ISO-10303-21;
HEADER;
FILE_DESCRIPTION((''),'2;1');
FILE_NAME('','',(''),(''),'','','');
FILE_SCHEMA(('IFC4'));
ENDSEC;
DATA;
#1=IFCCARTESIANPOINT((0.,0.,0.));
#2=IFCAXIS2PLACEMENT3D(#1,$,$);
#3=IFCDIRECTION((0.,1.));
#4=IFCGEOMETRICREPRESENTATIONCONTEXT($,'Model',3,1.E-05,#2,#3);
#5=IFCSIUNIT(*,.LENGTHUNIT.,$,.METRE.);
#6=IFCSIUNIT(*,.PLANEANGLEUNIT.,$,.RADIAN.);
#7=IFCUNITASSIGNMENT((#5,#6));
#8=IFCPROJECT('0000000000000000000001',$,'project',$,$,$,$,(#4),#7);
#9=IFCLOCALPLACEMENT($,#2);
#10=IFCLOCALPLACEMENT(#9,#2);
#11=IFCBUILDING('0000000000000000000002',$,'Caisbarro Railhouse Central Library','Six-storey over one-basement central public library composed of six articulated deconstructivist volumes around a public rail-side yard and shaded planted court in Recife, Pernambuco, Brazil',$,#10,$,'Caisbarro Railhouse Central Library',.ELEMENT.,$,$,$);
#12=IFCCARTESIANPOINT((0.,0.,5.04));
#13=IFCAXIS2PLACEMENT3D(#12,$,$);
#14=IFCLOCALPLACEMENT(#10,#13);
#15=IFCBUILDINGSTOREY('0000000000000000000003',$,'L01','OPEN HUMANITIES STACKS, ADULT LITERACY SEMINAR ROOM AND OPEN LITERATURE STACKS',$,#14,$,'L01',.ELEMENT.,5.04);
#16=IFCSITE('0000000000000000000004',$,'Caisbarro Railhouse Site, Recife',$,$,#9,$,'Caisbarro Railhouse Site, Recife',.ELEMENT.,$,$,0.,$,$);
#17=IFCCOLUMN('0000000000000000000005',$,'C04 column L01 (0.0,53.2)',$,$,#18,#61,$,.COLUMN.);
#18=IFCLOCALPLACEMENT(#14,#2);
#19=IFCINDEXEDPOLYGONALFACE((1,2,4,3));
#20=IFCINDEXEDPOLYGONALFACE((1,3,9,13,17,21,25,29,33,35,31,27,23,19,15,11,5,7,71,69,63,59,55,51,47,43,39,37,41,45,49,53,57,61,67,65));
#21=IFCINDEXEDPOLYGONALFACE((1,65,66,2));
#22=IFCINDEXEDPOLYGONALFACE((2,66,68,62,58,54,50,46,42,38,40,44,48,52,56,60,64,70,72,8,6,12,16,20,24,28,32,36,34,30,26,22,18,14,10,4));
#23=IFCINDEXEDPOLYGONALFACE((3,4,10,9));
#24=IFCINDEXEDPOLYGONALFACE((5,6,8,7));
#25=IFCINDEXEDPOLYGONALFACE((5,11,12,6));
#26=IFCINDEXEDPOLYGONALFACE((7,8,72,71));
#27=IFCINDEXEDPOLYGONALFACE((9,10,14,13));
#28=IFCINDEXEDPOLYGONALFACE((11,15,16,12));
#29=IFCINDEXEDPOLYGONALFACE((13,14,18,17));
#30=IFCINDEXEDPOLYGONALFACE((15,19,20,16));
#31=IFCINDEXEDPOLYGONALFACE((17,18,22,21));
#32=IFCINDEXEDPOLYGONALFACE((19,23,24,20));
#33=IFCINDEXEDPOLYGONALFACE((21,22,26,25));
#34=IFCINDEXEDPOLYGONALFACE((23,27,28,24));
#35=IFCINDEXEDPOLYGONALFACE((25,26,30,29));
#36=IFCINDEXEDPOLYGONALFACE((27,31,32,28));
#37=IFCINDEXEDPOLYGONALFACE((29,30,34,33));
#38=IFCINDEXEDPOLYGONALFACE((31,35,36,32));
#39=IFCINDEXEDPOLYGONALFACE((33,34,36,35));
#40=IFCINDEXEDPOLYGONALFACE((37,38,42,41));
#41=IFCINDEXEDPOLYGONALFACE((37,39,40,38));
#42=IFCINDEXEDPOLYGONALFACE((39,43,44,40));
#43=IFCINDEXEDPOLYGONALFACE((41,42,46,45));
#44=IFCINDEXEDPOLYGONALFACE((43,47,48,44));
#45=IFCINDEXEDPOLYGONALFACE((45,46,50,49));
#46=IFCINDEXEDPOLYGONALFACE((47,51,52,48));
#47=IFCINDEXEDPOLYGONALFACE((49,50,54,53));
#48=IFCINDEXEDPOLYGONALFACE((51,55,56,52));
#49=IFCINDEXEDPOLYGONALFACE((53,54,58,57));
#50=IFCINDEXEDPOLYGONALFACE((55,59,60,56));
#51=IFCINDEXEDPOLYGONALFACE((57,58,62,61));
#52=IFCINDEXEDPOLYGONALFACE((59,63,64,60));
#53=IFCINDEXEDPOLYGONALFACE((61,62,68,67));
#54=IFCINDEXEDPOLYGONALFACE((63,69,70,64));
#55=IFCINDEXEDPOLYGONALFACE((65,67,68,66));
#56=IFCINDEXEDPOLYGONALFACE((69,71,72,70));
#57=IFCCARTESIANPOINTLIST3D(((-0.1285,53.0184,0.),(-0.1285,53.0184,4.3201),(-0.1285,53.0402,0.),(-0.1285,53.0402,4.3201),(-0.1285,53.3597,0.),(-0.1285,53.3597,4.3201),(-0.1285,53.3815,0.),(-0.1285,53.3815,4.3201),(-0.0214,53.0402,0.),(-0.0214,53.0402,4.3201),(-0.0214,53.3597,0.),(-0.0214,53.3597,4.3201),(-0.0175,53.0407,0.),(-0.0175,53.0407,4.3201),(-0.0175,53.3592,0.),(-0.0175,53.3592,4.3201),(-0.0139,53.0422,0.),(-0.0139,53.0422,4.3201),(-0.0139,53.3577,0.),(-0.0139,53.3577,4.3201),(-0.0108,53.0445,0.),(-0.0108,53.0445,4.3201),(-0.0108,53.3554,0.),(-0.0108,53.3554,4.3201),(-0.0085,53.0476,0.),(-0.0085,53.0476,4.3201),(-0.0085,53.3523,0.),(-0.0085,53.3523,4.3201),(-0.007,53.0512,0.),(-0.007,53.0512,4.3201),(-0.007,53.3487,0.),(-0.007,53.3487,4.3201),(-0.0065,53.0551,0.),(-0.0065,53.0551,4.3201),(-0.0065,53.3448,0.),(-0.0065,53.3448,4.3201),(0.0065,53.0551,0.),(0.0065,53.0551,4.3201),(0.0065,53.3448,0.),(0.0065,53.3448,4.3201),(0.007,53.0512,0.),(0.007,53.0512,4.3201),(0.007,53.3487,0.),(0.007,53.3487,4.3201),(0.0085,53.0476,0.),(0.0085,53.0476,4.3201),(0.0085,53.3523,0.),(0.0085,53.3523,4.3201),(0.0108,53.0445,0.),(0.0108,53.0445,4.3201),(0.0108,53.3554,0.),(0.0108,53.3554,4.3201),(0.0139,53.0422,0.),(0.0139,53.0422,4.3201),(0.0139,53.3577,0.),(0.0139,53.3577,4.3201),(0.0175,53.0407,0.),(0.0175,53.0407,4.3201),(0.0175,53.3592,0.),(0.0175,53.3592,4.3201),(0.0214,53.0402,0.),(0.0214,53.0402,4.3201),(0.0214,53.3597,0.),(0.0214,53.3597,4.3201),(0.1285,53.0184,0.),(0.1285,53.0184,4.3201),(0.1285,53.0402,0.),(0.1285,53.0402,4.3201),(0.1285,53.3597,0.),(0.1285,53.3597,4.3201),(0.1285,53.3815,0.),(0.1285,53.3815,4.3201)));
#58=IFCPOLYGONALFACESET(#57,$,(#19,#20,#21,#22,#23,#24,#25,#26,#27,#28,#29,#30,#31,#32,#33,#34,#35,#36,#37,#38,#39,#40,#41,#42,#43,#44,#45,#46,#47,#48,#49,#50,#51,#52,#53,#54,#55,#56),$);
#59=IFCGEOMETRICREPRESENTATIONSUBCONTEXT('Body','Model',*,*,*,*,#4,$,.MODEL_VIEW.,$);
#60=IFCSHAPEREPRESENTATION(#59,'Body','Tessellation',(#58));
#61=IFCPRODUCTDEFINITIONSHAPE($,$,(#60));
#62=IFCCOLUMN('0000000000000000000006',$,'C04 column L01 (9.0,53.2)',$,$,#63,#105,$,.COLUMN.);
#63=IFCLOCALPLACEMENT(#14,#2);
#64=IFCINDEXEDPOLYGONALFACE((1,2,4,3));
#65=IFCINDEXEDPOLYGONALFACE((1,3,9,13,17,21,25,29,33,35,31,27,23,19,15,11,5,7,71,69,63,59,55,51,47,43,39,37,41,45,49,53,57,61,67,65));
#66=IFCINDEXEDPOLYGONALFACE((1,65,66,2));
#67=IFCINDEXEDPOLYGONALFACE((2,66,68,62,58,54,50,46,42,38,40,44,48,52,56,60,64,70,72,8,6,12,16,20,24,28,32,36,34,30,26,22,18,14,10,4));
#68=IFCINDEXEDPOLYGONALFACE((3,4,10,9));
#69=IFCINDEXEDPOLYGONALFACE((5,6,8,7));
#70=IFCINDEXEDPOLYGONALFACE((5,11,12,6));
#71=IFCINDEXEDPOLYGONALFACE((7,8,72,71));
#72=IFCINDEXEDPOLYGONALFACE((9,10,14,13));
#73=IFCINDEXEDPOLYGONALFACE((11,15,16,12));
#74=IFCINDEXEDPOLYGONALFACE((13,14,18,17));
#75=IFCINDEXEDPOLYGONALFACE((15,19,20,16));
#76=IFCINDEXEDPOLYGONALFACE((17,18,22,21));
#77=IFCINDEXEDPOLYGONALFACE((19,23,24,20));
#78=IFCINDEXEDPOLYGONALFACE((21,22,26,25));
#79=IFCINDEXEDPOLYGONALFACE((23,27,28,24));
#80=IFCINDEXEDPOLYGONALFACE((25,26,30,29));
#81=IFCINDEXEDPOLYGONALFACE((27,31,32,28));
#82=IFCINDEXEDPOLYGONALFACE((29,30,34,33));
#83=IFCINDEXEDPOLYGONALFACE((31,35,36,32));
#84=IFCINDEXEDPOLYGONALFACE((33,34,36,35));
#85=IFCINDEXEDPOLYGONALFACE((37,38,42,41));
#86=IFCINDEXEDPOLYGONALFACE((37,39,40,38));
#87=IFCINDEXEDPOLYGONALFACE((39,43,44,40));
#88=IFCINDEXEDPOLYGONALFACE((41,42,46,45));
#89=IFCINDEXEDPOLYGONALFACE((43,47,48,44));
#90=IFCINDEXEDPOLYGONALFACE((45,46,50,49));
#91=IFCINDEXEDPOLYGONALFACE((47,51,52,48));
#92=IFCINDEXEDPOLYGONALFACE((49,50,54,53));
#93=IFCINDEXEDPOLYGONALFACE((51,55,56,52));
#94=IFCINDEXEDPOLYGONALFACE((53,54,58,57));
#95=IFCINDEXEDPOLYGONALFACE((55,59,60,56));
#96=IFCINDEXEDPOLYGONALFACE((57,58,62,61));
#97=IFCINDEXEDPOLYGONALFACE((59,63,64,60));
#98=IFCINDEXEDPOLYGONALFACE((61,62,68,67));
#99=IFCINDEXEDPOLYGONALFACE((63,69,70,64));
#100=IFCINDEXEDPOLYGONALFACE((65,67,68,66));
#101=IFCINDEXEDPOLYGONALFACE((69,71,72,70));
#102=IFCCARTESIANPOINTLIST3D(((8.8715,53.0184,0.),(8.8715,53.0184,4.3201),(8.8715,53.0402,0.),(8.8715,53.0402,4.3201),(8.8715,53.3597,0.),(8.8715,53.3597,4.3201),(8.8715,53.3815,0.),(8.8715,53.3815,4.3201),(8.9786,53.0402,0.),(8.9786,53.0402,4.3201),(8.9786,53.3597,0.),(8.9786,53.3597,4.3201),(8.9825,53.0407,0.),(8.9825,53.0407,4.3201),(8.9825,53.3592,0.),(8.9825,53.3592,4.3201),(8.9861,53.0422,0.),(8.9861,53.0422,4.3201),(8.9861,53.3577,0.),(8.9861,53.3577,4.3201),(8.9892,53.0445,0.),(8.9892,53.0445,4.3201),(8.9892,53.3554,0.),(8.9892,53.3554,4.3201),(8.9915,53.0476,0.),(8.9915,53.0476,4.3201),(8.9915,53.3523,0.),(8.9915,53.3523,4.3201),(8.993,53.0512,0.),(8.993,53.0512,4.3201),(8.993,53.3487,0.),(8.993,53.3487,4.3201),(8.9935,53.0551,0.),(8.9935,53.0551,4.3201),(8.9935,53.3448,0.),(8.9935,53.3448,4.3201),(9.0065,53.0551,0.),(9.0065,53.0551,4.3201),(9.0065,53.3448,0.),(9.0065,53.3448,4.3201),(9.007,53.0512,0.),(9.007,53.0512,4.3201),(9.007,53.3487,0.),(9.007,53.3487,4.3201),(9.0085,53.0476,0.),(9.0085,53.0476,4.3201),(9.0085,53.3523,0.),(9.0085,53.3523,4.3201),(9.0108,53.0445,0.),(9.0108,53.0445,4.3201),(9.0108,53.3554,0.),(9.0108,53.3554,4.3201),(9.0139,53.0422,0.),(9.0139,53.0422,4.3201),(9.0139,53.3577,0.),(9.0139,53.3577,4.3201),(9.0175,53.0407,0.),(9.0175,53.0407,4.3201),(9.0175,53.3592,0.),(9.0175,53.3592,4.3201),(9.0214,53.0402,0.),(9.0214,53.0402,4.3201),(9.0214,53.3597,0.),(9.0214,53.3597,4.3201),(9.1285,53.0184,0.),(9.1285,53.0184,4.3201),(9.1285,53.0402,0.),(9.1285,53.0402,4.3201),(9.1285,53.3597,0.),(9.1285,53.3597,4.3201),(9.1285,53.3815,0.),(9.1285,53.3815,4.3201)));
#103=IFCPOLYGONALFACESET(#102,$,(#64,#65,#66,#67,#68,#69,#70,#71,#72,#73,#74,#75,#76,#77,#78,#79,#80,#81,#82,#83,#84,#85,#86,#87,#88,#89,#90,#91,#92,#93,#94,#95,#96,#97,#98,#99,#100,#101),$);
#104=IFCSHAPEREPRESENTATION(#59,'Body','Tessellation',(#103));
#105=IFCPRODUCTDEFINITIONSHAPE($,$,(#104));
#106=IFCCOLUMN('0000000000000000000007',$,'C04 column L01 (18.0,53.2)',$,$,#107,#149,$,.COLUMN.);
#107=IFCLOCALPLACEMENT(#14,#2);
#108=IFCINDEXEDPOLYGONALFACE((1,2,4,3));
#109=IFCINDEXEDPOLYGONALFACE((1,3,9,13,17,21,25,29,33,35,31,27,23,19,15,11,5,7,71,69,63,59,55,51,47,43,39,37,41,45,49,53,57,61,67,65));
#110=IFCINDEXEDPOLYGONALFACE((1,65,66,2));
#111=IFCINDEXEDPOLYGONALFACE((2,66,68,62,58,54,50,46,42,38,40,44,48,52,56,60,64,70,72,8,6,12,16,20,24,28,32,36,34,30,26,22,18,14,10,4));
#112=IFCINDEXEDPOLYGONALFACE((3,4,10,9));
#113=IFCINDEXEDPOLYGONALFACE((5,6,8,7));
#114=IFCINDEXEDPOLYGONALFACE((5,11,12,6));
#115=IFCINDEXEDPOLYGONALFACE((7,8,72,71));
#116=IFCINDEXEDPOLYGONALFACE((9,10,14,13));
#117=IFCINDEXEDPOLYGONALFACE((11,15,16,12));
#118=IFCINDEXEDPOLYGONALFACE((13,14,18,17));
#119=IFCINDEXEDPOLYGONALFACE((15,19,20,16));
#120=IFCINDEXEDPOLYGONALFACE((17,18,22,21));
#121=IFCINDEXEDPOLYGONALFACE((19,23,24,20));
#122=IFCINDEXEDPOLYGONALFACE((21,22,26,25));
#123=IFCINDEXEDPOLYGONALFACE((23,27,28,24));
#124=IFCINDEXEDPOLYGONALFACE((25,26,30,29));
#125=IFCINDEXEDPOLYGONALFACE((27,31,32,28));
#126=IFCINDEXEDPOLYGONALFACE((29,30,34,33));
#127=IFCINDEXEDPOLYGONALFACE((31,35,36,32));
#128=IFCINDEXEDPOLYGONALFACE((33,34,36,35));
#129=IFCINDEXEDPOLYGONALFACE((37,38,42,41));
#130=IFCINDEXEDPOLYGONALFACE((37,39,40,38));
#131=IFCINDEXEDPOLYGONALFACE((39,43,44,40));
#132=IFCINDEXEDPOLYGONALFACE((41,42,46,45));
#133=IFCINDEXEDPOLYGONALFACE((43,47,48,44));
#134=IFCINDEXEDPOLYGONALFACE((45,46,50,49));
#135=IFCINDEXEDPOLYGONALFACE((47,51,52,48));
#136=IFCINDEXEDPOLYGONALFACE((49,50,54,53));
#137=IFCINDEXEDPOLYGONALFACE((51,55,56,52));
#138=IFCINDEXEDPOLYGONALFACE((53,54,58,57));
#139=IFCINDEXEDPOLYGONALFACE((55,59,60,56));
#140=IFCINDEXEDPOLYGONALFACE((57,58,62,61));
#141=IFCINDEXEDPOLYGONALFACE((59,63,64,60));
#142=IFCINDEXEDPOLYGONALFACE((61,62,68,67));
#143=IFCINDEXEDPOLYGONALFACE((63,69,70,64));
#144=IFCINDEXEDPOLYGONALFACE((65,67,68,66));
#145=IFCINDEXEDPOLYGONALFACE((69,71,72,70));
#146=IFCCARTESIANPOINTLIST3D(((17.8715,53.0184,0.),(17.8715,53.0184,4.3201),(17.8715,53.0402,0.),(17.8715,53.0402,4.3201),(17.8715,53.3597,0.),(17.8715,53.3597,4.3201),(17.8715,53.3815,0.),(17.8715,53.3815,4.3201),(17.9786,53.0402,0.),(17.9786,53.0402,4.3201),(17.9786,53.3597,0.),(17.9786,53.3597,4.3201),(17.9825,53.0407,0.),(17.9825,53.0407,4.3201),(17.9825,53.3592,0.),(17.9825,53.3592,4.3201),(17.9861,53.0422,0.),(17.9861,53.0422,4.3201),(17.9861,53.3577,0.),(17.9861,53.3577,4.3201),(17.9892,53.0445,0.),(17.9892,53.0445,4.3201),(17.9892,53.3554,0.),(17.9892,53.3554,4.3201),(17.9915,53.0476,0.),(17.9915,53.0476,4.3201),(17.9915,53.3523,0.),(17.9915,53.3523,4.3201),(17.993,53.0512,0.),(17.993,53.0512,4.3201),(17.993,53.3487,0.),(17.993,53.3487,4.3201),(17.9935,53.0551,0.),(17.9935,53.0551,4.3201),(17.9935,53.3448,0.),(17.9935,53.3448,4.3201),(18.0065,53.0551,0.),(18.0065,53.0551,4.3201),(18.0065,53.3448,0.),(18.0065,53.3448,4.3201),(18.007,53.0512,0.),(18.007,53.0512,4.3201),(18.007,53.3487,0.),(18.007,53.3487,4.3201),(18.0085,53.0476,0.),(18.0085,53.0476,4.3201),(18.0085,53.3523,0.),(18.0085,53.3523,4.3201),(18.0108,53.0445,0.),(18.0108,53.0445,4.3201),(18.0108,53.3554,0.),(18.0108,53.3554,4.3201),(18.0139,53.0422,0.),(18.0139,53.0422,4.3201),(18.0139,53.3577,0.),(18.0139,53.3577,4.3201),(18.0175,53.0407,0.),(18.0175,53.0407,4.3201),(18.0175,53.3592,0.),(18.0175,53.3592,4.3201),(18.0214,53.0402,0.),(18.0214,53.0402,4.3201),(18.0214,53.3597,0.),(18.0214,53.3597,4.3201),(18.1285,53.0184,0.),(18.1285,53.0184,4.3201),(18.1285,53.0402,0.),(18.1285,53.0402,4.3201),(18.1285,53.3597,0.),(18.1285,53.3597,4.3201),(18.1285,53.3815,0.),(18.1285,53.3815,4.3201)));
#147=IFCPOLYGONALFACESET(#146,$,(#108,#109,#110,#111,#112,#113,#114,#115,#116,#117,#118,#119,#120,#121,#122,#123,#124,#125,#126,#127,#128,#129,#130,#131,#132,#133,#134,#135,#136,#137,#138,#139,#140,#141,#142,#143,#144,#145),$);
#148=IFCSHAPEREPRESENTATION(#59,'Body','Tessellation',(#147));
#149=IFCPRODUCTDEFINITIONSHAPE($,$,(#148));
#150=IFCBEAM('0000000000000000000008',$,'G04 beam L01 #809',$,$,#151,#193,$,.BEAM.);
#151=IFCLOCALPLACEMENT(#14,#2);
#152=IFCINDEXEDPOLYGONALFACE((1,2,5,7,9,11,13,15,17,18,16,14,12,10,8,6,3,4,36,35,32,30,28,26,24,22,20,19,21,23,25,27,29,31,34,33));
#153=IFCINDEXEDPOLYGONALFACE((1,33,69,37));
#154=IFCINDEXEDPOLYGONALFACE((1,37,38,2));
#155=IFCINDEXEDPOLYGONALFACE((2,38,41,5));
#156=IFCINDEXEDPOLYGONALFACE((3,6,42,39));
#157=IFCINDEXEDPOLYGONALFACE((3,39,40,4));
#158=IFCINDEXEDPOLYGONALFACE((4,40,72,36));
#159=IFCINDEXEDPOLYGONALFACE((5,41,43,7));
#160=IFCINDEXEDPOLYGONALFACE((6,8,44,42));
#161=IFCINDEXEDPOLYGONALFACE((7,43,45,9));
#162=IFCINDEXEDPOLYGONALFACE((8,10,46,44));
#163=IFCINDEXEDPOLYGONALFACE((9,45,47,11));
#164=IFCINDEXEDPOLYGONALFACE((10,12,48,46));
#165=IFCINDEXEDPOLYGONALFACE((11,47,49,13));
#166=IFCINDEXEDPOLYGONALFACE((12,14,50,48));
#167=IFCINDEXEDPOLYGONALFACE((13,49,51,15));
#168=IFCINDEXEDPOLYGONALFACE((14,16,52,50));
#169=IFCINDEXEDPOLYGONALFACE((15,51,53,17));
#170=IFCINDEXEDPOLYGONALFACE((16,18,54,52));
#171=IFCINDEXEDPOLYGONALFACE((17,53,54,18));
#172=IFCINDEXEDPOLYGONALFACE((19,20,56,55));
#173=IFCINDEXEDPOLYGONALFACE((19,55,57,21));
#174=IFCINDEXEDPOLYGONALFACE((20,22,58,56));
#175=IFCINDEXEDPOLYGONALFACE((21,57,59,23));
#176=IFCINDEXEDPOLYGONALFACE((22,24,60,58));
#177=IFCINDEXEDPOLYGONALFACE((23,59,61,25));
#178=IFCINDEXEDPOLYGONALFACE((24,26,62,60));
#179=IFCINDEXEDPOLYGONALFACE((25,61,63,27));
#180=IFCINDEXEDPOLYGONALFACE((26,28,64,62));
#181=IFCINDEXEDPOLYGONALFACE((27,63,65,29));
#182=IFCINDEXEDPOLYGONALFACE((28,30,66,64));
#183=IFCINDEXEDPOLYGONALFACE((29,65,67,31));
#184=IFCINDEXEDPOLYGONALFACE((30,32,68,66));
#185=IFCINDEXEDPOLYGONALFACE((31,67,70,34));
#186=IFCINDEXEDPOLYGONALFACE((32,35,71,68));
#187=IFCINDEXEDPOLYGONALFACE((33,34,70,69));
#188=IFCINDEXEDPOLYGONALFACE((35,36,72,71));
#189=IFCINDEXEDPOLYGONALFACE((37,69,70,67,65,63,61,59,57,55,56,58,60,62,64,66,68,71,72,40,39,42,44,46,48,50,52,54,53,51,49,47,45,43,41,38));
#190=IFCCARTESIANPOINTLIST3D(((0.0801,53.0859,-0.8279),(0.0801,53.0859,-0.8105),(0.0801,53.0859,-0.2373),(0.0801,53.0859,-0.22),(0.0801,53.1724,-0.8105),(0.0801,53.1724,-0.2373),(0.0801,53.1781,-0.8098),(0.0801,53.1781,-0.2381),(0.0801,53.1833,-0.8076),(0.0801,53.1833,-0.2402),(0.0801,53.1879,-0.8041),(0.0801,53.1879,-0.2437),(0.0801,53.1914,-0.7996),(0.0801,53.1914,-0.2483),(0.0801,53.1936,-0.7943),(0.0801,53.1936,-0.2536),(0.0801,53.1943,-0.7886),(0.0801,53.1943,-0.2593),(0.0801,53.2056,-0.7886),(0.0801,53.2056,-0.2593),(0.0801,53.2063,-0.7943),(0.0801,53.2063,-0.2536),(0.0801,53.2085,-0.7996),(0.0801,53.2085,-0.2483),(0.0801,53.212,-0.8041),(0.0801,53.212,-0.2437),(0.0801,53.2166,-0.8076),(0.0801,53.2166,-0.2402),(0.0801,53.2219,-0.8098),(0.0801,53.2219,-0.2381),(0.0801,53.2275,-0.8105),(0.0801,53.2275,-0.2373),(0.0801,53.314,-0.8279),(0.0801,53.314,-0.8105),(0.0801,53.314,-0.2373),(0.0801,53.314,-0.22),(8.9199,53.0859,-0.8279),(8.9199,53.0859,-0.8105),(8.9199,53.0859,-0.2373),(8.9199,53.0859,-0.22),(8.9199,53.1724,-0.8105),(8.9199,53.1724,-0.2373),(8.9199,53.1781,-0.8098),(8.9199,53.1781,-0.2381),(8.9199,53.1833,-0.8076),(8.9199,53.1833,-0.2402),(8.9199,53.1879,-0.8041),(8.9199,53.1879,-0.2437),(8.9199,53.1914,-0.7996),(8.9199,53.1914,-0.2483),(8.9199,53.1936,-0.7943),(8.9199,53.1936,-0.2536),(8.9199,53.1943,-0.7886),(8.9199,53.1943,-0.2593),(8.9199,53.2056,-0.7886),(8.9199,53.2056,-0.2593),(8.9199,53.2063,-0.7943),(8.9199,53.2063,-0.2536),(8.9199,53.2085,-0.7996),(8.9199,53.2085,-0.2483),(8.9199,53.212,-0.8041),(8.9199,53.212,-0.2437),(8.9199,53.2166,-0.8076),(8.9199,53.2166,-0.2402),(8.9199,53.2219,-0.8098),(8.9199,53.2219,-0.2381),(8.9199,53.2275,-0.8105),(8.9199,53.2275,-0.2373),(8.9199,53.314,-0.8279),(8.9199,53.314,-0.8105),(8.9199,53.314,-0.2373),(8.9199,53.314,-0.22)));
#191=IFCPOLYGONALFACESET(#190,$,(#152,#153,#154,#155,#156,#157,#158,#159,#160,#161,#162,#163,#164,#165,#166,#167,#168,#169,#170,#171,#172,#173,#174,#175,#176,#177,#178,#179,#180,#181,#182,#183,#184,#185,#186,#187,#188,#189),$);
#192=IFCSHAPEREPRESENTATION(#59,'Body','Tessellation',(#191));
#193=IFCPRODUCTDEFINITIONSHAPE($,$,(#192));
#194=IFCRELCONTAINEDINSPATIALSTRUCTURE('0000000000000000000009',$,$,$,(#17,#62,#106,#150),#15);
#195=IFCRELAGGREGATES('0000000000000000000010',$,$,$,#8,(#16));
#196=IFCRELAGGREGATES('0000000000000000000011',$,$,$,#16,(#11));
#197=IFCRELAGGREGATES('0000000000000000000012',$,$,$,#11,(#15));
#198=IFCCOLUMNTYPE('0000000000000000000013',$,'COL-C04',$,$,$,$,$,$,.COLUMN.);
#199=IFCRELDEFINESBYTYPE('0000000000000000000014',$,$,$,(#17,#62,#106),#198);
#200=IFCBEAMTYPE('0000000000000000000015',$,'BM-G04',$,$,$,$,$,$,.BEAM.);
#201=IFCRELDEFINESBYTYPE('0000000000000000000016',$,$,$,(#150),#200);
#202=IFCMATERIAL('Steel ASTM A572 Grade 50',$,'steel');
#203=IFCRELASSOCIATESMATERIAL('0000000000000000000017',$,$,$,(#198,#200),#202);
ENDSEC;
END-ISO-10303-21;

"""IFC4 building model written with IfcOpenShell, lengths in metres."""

from ifc_helpers import new_model, si_unit, direction, frame, origin, origin_2d, place, context, subcontext, project, spatial, i_section, extrude, material, material_profile, profile_set, type_object, element, save


model = new_model("IFC4")

# Units and contexts
model_context = context("Model", 3, precision=1e-05, world=origin(), true_north=direction((0.0, 1.0)))
body_context = subcontext(model_context, "Body", "Model", "MODEL_VIEW")
ifc_project = project(units=[si_unit("LENGTHUNIT", "METRE"), si_unit("PLANEANGLEUNIT", "RADIAN")], contexts=[model_context])

# Site, building, storey
site_placement = place(None, origin())
site = spatial("IfcSite", under=ifc_project, at=site_placement, Name="Caisbarro Railhouse Site, Recife", LongName="Caisbarro Railhouse Site, Recife", CompositionType="ELEMENT", RefElevation=0.0)
building_placement = place(site_placement, origin())
building = spatial("IfcBuilding", under=site, at=building_placement, Name="Caisbarro Railhouse Central Library", Description="Six-storey over one-basement central public library composed of six articulated deconstructivist volumes around a public rail-side yard and shaded planted court in Recife, Pernambuco, Brazil", LongName="Caisbarro Railhouse Central Library", CompositionType="ELEMENT")
storey_placement = place(building_placement, frame((0.0, 0.0, 5.04)))
storey = spatial("IfcBuildingStorey", under=building, at=storey_placement, Name="L01", Description="OPEN HUMANITIES STACKS, ADULT LITERACY SEMINAR ROOM AND OPEN LITERATURE STACKS", LongName="L01", CompositionType="ELEMENT", Elevation=5.04)

# Columns
ifc_material_1 = material(Name="Steel ASTM A572 Grade 50", Category="steel")
ifc_material_profile_1 = material_profile(ifc_material_1, i_section(OverallWidth=0.2571, OverallDepth=0.363, WebThickness=0.0129, FlangeThickness=0.0217, FilletRadius=0.0149, at=origin_2d()), Name="W360X122.0")
ifc_profile_set_1 = profile_set([ifc_material_profile_1], Name="Steel ASTM A572 Grade 50")
column_type = type_object("IfcColumnType", Name="COL-C04", PredefinedType="COLUMN", material=ifc_profile_set_1)
for number, where, z_axis, x_axis, name in (
    (1, (0.0, 53.2, 0.0), (0.0, 0.0, 1.0), (1.0, 0.0, 0.0), "C04 column L01 (0.0,53.2)"),
    (2, (9.0, 53.2, 0.0), (0.0, 0.0, 1.0), (1.0, 0.0, 0.0), "C04 column L01 (9.0,53.2)"),
    (3, (18.0, 53.2, 0.0), (0.0, 0.0, 1.0), (1.0, 0.0, 0.0), "C04 column L01 (18.0,53.2)"),
):
    element("IfcColumn", number, at=place(storey_placement, frame(where, z_axis=z_axis, x_axis=x_axis)), inside=storey, type_object=column_type, Name=name, PredefinedType="COLUMN", context=body_context, shape_type="SweptSolid", body=[
        extrude(i_section(OverallWidth=0.2571, OverallDepth=0.363, WebThickness=0.0129, FlangeThickness=0.0217, FilletRadius=0.0149, at=origin_2d()), origin(), (0.0, 0.0, 1.0), 4.3201),
    ])

# Beam
ifc_material_profile_2 = material_profile(ifc_material_1, i_section(OverallWidth=0.228, OverallDepth=0.6079, WebThickness=0.0112, FlangeThickness=0.0173, FilletRadius=0.022, at=origin_2d()), Name="W610X113.0")
ifc_profile_set_2 = profile_set([ifc_material_profile_2], Name="Steel ASTM A572 Grade 50")
beam_type_1 = type_object("IfcBeamType", Name="BM-G04", PredefinedType="BEAM", material=ifc_profile_set_2)
for number, where, z_axis, x_axis, name in (
    (4, (0.0801, 53.2, -0.5239), (1.0, 0.0, 0.0), (0.0, 1.0, 0.0), "G04 beam L01 #809"),
):
    element("IfcBeam", number, at=place(storey_placement, frame(where, z_axis=z_axis, x_axis=x_axis)), inside=storey, type_object=beam_type_1, Name=name, PredefinedType="BEAM", context=body_context, shape_type="SweptSolid", body=[
        extrude(i_section(OverallWidth=0.228, OverallDepth=0.6079, WebThickness=0.0112, FlangeThickness=0.0173, FilletRadius=0.022, at=origin_2d()), origin(), (0.0, 0.0, 1.0), 8.8398),
    ])

save(model, "model.ifc")
